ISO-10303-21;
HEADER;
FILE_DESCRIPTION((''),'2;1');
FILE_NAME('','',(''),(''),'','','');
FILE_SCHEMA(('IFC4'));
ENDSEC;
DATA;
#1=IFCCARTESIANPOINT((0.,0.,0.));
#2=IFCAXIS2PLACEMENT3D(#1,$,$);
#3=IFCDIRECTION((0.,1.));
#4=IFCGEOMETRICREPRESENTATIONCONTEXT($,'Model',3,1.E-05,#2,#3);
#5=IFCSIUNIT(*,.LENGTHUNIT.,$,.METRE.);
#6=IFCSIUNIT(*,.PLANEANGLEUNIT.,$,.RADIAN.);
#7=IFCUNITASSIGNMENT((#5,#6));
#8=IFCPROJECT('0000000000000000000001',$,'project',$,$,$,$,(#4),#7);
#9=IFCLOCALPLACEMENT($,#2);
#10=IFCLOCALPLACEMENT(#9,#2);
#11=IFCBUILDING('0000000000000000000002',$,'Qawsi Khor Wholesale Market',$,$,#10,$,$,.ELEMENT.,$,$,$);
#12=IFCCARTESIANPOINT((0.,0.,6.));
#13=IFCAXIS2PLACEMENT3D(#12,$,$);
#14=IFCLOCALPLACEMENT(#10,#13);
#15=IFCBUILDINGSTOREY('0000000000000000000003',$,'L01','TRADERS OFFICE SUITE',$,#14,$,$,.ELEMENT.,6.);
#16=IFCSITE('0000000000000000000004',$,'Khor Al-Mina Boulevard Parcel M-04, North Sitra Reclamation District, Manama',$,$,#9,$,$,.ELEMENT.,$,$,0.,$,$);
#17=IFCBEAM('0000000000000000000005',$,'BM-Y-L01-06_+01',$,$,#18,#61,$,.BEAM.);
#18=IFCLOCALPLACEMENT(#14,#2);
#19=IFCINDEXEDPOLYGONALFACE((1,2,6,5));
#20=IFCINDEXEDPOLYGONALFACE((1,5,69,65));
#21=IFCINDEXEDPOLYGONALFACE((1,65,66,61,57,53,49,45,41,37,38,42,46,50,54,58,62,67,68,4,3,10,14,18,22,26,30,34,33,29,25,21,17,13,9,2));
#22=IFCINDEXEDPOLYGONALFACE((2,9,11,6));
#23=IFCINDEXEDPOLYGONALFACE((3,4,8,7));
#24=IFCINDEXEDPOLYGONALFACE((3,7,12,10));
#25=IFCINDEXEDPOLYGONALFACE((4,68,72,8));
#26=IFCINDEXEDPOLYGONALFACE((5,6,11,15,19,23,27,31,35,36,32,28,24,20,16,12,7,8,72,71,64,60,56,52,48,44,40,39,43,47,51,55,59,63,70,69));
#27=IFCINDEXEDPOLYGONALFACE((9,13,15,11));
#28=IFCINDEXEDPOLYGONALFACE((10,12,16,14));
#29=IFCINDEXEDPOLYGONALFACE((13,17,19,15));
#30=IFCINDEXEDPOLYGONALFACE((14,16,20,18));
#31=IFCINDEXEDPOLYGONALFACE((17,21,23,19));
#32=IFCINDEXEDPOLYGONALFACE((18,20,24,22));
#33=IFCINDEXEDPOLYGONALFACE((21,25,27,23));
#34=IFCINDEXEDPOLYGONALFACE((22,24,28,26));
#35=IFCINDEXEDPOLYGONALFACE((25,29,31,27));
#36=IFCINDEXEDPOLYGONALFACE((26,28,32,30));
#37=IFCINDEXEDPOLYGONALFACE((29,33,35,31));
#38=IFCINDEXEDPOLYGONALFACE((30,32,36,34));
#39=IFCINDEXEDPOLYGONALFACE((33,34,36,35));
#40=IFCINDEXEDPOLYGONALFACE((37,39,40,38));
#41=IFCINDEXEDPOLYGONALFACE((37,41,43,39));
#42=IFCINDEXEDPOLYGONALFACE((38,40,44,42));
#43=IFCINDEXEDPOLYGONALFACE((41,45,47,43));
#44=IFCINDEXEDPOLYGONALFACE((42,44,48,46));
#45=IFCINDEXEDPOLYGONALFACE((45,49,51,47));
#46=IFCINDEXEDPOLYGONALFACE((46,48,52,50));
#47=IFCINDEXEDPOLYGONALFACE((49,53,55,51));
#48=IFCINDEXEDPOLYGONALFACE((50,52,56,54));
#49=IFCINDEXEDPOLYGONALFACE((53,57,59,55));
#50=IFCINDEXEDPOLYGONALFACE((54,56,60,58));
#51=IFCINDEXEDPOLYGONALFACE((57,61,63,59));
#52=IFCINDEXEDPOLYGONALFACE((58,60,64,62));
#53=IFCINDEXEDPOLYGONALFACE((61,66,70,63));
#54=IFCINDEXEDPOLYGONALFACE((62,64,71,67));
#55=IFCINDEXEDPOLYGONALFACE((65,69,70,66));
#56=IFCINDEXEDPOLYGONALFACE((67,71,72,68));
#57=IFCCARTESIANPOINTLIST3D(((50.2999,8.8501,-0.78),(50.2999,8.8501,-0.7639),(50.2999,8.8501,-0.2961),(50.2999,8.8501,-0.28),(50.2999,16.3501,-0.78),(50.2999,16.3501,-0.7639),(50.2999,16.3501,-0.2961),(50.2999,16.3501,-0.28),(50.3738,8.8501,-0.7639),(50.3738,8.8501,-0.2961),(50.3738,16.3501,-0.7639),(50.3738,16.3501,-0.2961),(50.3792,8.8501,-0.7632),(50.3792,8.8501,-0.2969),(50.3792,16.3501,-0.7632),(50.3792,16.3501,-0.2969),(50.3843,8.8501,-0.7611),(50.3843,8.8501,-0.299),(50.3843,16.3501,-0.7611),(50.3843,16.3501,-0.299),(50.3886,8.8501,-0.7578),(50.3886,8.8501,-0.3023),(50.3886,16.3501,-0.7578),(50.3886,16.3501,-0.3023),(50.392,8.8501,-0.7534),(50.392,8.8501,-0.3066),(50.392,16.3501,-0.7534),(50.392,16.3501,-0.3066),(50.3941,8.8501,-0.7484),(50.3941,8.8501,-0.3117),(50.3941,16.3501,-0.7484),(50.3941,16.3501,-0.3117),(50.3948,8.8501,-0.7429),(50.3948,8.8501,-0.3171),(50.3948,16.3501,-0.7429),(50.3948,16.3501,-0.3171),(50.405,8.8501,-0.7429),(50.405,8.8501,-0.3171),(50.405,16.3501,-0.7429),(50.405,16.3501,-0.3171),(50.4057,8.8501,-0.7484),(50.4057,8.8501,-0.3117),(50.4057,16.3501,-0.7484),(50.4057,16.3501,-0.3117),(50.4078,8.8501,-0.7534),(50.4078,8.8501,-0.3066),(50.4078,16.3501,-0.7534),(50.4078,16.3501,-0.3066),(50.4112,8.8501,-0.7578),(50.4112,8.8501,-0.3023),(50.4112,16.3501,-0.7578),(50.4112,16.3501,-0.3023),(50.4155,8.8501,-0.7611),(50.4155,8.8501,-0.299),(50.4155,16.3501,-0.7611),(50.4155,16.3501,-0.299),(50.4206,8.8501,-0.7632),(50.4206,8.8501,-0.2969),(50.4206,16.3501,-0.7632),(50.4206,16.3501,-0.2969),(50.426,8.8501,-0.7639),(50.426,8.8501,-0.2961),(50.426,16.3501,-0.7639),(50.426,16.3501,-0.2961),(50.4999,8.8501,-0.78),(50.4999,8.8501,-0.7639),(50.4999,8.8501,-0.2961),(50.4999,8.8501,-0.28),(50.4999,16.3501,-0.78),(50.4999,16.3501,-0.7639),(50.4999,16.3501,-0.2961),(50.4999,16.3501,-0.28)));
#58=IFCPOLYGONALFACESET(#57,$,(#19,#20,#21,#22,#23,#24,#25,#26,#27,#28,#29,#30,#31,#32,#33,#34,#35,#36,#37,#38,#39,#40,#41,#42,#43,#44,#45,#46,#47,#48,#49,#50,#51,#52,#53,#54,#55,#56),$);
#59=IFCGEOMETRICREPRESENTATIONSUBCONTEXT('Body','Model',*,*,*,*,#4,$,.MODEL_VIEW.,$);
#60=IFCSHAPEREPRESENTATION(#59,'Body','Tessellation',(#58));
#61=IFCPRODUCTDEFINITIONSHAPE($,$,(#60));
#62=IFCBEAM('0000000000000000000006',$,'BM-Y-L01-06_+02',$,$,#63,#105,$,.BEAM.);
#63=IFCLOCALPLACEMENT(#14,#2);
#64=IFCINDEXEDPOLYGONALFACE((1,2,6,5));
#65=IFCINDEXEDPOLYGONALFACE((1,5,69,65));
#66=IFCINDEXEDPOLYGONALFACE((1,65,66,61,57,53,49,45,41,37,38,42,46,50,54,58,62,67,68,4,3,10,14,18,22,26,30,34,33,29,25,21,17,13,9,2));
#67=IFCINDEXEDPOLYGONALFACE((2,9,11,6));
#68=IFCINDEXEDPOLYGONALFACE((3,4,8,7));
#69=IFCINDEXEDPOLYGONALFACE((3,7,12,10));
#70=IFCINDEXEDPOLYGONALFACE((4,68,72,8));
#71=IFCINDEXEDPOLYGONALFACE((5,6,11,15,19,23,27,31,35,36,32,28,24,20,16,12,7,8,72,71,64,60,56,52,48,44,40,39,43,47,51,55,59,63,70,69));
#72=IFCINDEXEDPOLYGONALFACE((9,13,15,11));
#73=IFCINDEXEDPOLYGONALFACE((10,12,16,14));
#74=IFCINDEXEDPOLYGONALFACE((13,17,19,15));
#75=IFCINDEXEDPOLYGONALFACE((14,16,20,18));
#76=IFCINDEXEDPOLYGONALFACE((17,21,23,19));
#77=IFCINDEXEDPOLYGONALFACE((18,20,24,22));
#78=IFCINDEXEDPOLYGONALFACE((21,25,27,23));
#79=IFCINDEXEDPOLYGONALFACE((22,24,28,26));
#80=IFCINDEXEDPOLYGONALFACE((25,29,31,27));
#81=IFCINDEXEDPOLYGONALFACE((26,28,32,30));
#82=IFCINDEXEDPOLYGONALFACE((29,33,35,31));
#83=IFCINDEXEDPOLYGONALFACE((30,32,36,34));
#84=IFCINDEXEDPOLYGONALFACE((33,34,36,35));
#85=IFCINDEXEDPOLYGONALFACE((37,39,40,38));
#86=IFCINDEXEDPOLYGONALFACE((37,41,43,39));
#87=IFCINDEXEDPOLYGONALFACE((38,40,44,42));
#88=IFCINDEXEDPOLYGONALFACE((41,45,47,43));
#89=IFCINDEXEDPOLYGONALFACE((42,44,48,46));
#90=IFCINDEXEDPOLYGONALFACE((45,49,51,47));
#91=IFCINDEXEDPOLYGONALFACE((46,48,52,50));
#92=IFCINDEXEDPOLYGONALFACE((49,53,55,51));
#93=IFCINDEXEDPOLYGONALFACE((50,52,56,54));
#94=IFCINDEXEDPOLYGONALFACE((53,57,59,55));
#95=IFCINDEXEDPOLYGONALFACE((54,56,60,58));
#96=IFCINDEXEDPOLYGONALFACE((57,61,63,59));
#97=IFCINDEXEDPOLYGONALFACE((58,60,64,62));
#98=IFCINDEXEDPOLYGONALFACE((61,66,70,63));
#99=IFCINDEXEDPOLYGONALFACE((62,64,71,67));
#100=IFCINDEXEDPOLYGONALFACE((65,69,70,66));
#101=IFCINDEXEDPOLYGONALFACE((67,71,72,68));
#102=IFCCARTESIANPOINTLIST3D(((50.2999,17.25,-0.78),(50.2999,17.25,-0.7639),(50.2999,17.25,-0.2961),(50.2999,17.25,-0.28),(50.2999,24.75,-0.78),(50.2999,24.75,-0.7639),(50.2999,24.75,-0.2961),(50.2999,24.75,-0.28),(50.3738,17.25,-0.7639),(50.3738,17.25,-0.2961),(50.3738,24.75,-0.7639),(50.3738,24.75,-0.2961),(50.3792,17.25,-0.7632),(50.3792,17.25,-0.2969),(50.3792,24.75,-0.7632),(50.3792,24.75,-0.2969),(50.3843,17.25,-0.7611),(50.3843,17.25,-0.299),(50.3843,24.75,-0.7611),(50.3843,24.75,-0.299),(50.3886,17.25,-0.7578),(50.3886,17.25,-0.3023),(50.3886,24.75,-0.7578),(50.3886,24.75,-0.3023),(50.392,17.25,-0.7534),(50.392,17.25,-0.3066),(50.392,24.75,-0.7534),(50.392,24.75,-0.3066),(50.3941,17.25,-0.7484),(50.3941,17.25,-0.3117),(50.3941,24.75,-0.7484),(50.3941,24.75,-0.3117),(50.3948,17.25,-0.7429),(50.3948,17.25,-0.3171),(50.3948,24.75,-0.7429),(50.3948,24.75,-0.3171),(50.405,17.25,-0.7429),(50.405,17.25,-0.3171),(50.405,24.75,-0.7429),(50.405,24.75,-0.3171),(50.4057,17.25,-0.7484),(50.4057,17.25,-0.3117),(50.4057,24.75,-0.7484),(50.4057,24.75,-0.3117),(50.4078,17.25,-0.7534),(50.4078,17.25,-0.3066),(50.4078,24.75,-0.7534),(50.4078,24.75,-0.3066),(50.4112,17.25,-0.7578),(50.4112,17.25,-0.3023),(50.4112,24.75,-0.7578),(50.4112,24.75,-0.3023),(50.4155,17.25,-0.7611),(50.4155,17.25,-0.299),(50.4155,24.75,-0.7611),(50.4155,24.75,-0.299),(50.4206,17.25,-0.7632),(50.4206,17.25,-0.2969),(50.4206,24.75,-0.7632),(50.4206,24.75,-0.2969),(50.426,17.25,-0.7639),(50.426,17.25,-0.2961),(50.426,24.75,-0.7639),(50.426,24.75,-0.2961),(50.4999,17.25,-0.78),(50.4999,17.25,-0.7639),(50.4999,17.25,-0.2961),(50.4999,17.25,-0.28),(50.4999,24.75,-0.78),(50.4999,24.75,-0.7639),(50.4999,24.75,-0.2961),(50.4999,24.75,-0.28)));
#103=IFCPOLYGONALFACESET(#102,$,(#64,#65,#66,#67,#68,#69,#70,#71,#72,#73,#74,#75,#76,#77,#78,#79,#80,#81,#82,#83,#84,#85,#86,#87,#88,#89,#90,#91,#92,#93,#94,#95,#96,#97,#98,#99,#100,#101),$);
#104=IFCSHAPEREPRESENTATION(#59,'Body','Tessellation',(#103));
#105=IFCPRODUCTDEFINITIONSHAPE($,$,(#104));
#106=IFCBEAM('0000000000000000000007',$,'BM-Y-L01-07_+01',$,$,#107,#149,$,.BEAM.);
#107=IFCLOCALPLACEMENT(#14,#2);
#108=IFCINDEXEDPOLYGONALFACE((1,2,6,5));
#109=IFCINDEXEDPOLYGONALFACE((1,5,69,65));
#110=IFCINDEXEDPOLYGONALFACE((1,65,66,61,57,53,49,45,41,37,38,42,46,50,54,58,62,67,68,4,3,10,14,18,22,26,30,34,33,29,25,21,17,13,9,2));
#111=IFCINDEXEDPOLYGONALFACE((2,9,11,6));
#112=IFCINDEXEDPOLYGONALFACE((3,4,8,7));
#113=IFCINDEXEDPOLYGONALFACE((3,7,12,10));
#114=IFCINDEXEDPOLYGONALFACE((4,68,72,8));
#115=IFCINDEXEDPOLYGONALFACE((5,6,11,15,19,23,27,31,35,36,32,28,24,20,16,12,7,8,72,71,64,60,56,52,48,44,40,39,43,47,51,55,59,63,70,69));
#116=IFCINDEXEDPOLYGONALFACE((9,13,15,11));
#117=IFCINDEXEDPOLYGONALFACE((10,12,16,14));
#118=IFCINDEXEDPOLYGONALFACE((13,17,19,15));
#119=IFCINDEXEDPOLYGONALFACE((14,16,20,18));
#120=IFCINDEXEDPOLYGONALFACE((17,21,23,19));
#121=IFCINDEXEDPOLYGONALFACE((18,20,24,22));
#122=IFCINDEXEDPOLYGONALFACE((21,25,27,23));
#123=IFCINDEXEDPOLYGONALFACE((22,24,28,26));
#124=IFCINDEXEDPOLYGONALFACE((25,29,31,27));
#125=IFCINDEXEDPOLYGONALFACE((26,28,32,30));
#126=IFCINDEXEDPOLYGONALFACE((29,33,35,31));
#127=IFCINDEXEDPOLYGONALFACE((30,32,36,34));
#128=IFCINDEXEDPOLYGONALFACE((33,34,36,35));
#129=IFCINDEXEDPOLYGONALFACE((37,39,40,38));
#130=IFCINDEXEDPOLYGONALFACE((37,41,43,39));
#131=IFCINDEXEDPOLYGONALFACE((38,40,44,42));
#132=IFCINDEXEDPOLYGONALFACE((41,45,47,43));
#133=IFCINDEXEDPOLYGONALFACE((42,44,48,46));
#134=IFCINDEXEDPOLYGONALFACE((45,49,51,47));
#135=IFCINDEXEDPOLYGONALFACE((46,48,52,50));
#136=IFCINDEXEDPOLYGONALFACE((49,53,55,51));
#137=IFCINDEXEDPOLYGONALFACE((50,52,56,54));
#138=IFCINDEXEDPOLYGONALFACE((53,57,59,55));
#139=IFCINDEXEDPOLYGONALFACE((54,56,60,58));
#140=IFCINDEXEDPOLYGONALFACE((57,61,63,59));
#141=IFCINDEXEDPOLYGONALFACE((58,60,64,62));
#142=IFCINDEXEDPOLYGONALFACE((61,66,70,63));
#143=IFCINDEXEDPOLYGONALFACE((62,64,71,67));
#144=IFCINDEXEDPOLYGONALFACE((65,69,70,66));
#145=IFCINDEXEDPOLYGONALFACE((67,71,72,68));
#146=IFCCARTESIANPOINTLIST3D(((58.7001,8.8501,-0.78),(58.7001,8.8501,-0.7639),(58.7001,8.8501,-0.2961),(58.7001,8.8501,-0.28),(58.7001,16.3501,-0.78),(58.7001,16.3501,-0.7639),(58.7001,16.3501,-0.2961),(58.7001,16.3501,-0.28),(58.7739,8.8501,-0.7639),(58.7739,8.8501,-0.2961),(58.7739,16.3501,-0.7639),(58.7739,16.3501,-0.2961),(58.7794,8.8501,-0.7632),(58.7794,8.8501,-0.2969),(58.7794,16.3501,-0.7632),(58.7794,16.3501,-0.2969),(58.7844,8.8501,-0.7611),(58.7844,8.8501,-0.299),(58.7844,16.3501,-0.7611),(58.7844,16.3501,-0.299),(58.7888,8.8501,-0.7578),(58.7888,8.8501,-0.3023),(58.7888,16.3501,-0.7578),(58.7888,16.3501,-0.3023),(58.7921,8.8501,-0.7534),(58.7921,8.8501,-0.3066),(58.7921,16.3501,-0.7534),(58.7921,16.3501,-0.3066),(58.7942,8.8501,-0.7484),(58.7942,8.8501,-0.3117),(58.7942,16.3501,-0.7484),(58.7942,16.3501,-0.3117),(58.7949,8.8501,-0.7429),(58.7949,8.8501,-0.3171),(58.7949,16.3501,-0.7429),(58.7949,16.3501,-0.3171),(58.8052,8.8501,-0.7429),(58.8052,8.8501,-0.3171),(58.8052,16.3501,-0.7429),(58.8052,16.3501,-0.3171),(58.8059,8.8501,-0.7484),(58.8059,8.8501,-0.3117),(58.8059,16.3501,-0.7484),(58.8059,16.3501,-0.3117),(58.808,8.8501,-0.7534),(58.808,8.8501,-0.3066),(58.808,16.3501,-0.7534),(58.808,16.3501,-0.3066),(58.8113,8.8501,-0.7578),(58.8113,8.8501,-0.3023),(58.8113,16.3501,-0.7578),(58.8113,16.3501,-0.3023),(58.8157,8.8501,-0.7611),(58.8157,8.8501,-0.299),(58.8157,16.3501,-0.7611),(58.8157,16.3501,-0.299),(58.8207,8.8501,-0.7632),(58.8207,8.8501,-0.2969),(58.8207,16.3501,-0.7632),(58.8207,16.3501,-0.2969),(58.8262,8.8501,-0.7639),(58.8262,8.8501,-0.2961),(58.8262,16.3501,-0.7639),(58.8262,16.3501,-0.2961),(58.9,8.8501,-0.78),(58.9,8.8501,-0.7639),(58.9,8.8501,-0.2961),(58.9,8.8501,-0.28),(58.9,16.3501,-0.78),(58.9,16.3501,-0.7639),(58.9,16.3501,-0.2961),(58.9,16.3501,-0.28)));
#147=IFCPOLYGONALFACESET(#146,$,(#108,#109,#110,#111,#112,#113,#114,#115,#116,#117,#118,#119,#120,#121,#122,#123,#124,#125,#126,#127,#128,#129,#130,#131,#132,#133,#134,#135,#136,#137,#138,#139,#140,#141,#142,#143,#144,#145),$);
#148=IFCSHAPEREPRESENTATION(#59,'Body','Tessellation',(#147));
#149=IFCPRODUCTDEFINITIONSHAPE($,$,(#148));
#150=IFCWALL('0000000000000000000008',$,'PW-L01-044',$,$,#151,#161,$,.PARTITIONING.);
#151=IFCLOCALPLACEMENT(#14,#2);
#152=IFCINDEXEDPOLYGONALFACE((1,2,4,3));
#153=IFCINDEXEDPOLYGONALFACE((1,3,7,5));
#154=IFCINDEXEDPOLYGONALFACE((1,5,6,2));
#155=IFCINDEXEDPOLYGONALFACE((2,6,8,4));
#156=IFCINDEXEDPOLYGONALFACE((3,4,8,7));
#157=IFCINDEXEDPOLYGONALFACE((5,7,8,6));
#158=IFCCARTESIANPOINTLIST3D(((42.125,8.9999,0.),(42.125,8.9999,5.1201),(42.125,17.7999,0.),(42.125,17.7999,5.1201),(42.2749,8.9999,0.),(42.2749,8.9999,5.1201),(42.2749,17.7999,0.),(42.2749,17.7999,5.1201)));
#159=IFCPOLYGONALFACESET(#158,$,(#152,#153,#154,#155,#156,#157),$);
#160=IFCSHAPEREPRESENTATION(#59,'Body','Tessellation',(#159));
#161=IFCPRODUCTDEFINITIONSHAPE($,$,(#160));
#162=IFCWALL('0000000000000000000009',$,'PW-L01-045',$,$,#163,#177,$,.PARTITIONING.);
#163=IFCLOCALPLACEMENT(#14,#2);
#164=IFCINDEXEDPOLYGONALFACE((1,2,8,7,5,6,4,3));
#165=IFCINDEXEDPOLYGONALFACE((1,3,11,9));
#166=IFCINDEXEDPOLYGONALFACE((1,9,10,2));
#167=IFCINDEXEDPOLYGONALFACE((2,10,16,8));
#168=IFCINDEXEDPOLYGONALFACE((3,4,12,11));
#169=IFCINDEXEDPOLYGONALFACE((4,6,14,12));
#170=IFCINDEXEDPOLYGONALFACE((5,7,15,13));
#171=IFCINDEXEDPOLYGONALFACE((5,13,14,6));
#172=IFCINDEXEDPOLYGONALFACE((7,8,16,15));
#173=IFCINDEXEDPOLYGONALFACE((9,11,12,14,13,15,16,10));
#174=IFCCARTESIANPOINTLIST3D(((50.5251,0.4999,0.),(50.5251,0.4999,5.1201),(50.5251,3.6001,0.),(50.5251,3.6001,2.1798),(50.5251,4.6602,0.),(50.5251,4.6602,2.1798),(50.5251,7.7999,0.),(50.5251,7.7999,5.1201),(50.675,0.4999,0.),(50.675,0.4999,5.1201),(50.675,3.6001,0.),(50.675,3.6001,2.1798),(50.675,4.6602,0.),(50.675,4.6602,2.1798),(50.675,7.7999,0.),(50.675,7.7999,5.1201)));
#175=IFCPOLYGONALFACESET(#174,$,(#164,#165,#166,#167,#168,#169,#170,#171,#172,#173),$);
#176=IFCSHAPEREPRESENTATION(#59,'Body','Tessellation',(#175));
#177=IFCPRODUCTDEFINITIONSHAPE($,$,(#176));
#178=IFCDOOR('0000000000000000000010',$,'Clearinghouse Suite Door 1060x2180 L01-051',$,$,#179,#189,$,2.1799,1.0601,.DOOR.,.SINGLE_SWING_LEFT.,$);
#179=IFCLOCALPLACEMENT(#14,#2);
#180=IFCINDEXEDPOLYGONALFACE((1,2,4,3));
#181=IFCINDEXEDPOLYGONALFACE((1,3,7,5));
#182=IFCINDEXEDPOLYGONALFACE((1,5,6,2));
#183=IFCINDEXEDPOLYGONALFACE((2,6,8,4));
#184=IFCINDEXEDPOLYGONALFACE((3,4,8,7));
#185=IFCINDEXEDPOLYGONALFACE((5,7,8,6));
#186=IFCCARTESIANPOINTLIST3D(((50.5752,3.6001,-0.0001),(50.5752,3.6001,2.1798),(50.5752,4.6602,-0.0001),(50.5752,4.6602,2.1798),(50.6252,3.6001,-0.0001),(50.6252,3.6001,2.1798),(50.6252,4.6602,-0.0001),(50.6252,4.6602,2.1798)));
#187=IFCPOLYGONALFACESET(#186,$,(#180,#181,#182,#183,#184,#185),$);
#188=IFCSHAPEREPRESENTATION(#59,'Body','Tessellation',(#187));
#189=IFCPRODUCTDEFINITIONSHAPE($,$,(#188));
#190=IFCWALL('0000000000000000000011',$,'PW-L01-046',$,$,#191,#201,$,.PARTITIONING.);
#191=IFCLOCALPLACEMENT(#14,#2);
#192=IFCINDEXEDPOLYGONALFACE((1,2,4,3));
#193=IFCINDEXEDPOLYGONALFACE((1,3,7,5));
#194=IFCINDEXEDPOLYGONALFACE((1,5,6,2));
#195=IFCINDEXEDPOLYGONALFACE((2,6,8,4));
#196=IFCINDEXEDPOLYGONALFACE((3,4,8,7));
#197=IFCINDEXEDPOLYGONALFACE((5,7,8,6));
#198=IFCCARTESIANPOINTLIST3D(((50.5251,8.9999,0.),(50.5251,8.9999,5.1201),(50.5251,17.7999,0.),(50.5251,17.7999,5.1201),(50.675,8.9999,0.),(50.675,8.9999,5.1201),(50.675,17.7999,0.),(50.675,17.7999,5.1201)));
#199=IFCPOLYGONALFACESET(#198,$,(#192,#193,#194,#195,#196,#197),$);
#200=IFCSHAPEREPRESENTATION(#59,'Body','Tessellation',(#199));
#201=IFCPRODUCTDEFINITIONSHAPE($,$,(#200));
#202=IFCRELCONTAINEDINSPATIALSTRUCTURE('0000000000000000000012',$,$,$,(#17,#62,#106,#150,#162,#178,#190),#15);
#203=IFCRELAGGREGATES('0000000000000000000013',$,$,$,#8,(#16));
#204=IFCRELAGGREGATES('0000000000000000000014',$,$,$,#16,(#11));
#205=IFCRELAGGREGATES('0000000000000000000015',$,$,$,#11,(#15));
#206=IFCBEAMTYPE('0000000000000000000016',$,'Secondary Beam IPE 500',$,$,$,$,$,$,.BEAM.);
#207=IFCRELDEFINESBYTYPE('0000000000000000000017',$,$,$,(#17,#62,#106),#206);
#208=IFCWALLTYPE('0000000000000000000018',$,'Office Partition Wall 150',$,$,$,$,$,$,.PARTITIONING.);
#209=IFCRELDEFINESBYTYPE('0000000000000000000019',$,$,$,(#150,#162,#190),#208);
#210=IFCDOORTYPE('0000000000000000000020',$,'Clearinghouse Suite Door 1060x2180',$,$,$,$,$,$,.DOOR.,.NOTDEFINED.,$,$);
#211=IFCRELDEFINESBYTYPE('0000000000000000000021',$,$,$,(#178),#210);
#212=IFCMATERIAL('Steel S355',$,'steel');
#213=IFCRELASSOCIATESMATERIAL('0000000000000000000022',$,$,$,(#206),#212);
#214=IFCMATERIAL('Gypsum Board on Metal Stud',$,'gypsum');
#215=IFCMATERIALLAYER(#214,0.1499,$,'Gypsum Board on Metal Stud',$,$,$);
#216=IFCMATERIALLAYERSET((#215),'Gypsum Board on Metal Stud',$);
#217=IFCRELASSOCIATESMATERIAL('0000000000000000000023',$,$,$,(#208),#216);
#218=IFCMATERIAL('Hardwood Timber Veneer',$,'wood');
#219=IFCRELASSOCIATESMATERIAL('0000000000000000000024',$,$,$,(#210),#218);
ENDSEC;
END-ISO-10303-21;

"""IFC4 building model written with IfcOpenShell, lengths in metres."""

from ifc_helpers import new_model, si_unit, direction, frame, frame_2d, origin, origin_2d, place, context, subcontext, project, spatial, rectangle, i_section, extrude, material, layer, layer_set, material_profile, profile_set, type_object, element, fill, save


model = new_model("IFC4")

# Units and contexts
model_context = context("Model", 3, precision=1e-05, world=origin(), true_north=direction((0.0, 1.0)))
body_context = subcontext(model_context, "Body", "Model", "MODEL_VIEW")
ifc_project = project(units=[si_unit("LENGTHUNIT", "METRE"), si_unit("PLANEANGLEUNIT", "RADIAN")], contexts=[model_context])

# Site, building, storey
site_placement = place(None, origin())
site = spatial("IfcSite", under=ifc_project, at=site_placement, Name="Khor Al-Mina Boulevard Parcel M-04, North Sitra Reclamation District, Manama", CompositionType="ELEMENT", RefElevation=0.0)
building_placement = place(site_placement, origin())
building = spatial("IfcBuilding", under=site, at=building_placement, Name="Qawsi Khor Wholesale Market", CompositionType="ELEMENT")
storey_placement = place(building_placement, frame((0.0, 0.0, 6.0)))
storey = spatial("IfcBuildingStorey", under=building, at=storey_placement, Name="L01", Description="TRADERS OFFICE SUITE", CompositionType="ELEMENT", Elevation=6.0)

# Beams
ifc_material_1 = material(Name="Steel S355", Category="steel")
ifc_material_profile_1 = material_profile(ifc_material_1, i_section(OverallWidth=0.2, OverallDepth=0.5, WebThickness=0.0103, FlangeThickness=0.0161, FilletRadius=0.021, at=origin_2d()), Name="IPE 500")
ifc_profile_set_1 = profile_set([ifc_material_profile_1], Name="Steel S355")
beam_type_1 = type_object("IfcBeamType", Name="Secondary Beam IPE 500", PredefinedType="BEAM", material=ifc_profile_set_1)
for number, where, z_axis, x_axis, name in (
    (1, (50.3999, 8.8501, -0.53), (0.0, 1.0, 0.0), (-1.0, 0.0, 0.0), "BM-Y-L01-06_+01"),
    (2, (50.3999, 17.25, -0.53), (0.0, 1.0, 0.0), (-1.0, 0.0, 0.0), "BM-Y-L01-06_+02"),
    (3, (58.8, 8.8501, -0.53), (0.0, 1.0, 0.0), (-1.0, 0.0, 0.0), "BM-Y-L01-07_+01"),
):
    element("IfcBeam", number, at=place(storey_placement, frame(where, z_axis=z_axis, x_axis=x_axis)), inside=storey, type_object=beam_type_1, Name=name, PredefinedType="BEAM", context=body_context, shape_type="SweptSolid", body=[
        extrude(i_section(OverallWidth=0.2, OverallDepth=0.5, WebThickness=0.0103, FlangeThickness=0.0161, FilletRadius=0.021, at=origin_2d()), origin(), (0.0, 0.0, 1.0), 7.5),
    ])

# Wall
ifc_material_2 = material(Name="Gypsum Board on Metal Stud", Category="gypsum")
ifc_layer = layer(ifc_material_2, 0.1499, Name="Gypsum Board on Metal Stud")
ifc_layer_set = layer_set([ifc_layer], Name="Gypsum Board on Metal Stud")
wall_type = type_object("IfcWallType", Name="Office Partition Wall 150", PredefinedType="PARTITIONING", material=ifc_layer_set)
wall_1_placement = place(storey_placement, frame((42.2, 9.0, 0.0), z_axis=(0.0, 0.0, 1.0), x_axis=(0.0, 1.0, 0.0)))
element("IfcWall", 4, at=wall_1_placement, inside=storey, type_object=wall_type, Name="PW-L01-044", PredefinedType="PARTITIONING", context=body_context, shape_type="SweptSolid", body=[
    extrude(rectangle(XDim=8.8, YDim=0.1499, at=frame_2d((4.3999, 0.0))), origin(), (0.0, 0.0, 1.0), 5.1201),
])

# Wall, opening, door
wall_2_placement = place(storey_placement, frame((50.6001, 0.5, 0.0), z_axis=(0.0, 0.0, 1.0), x_axis=(0.0, 1.0, 0.0)))
wall_2 = element("IfcWall", 5, at=wall_2_placement, inside=storey, type_object=wall_type, Name="PW-L01-045", PredefinedType="PARTITIONING", context=body_context, shape_type="SweptSolid", body=[
    extrude(rectangle(XDim=7.3, YDim=0.1499, at=frame_2d((3.6499, 0.0))), origin(), (0.0, 0.0, 1.0), 5.1201),
])
opening_1_placement = place(wall_2_placement, frame((3.1001, 0.0, 0.0)))
opening_1 = element("IfcOpeningElement", 6, at=opening_1_placement, cuts=wall_2, PredefinedType="OPENING", context=body_context, shape_type="SweptSolid", body=[
    extrude(rectangle(XDim=1.0601, YDim=2.1799, at=frame_2d((0.53, 1.0898))), frame((0.0, 0.085, 0.0), z_axis=(0.0, -1.0, 0.0), x_axis=(1.0, 0.0, 0.0)), (0.0, 0.0, 1.0), 0.1699),
])
ifc_material_3 = material(Name="Hardwood Timber Veneer", Category="wood")
door_type = type_object("IfcDoorType", Name="Clearinghouse Suite Door 1060x2180", OperationType="NOTDEFINED", PredefinedType="DOOR", material=ifc_material_3)
door_1_placement = place(opening_1_placement, origin())
door_1 = element("IfcDoor", 7, at=door_1_placement, inside=storey, type_object=door_type, Name="Clearinghouse Suite Door 1060x2180 L01-051", OperationType="SINGLE_SWING_LEFT", OverallHeight=2.1799, OverallWidth=1.0601, PredefinedType="DOOR", context=body_context, shape_type="SweptSolid", body=[
    extrude(rectangle(XDim=1.0601, YDim=2.1799, at=frame_2d((0.53, 1.0898))), frame((0.0, 0.0249, 0.0), z_axis=(0.0, -1.0, 0.0), x_axis=(1.0, 0.0, 0.0)), (0.0, 0.0, 1.0), 0.05),
])
fill(opening_1, door_1)

# Wall
wall_3_placement = place(storey_placement, frame((50.6001, 9.0, 0.0), z_axis=(0.0, 0.0, 1.0), x_axis=(0.0, 1.0, 0.0)))
element("IfcWall", 8, at=wall_3_placement, inside=storey, type_object=wall_type, Name="PW-L01-046", PredefinedType="PARTITIONING", context=body_context, shape_type="SweptSolid", body=[
    extrude(rectangle(XDim=8.8, YDim=0.1499, at=frame_2d((4.3999, 0.0))), origin(), (0.0, 0.0, 1.0), 5.1201),
])

save(model, "model.ifc")
